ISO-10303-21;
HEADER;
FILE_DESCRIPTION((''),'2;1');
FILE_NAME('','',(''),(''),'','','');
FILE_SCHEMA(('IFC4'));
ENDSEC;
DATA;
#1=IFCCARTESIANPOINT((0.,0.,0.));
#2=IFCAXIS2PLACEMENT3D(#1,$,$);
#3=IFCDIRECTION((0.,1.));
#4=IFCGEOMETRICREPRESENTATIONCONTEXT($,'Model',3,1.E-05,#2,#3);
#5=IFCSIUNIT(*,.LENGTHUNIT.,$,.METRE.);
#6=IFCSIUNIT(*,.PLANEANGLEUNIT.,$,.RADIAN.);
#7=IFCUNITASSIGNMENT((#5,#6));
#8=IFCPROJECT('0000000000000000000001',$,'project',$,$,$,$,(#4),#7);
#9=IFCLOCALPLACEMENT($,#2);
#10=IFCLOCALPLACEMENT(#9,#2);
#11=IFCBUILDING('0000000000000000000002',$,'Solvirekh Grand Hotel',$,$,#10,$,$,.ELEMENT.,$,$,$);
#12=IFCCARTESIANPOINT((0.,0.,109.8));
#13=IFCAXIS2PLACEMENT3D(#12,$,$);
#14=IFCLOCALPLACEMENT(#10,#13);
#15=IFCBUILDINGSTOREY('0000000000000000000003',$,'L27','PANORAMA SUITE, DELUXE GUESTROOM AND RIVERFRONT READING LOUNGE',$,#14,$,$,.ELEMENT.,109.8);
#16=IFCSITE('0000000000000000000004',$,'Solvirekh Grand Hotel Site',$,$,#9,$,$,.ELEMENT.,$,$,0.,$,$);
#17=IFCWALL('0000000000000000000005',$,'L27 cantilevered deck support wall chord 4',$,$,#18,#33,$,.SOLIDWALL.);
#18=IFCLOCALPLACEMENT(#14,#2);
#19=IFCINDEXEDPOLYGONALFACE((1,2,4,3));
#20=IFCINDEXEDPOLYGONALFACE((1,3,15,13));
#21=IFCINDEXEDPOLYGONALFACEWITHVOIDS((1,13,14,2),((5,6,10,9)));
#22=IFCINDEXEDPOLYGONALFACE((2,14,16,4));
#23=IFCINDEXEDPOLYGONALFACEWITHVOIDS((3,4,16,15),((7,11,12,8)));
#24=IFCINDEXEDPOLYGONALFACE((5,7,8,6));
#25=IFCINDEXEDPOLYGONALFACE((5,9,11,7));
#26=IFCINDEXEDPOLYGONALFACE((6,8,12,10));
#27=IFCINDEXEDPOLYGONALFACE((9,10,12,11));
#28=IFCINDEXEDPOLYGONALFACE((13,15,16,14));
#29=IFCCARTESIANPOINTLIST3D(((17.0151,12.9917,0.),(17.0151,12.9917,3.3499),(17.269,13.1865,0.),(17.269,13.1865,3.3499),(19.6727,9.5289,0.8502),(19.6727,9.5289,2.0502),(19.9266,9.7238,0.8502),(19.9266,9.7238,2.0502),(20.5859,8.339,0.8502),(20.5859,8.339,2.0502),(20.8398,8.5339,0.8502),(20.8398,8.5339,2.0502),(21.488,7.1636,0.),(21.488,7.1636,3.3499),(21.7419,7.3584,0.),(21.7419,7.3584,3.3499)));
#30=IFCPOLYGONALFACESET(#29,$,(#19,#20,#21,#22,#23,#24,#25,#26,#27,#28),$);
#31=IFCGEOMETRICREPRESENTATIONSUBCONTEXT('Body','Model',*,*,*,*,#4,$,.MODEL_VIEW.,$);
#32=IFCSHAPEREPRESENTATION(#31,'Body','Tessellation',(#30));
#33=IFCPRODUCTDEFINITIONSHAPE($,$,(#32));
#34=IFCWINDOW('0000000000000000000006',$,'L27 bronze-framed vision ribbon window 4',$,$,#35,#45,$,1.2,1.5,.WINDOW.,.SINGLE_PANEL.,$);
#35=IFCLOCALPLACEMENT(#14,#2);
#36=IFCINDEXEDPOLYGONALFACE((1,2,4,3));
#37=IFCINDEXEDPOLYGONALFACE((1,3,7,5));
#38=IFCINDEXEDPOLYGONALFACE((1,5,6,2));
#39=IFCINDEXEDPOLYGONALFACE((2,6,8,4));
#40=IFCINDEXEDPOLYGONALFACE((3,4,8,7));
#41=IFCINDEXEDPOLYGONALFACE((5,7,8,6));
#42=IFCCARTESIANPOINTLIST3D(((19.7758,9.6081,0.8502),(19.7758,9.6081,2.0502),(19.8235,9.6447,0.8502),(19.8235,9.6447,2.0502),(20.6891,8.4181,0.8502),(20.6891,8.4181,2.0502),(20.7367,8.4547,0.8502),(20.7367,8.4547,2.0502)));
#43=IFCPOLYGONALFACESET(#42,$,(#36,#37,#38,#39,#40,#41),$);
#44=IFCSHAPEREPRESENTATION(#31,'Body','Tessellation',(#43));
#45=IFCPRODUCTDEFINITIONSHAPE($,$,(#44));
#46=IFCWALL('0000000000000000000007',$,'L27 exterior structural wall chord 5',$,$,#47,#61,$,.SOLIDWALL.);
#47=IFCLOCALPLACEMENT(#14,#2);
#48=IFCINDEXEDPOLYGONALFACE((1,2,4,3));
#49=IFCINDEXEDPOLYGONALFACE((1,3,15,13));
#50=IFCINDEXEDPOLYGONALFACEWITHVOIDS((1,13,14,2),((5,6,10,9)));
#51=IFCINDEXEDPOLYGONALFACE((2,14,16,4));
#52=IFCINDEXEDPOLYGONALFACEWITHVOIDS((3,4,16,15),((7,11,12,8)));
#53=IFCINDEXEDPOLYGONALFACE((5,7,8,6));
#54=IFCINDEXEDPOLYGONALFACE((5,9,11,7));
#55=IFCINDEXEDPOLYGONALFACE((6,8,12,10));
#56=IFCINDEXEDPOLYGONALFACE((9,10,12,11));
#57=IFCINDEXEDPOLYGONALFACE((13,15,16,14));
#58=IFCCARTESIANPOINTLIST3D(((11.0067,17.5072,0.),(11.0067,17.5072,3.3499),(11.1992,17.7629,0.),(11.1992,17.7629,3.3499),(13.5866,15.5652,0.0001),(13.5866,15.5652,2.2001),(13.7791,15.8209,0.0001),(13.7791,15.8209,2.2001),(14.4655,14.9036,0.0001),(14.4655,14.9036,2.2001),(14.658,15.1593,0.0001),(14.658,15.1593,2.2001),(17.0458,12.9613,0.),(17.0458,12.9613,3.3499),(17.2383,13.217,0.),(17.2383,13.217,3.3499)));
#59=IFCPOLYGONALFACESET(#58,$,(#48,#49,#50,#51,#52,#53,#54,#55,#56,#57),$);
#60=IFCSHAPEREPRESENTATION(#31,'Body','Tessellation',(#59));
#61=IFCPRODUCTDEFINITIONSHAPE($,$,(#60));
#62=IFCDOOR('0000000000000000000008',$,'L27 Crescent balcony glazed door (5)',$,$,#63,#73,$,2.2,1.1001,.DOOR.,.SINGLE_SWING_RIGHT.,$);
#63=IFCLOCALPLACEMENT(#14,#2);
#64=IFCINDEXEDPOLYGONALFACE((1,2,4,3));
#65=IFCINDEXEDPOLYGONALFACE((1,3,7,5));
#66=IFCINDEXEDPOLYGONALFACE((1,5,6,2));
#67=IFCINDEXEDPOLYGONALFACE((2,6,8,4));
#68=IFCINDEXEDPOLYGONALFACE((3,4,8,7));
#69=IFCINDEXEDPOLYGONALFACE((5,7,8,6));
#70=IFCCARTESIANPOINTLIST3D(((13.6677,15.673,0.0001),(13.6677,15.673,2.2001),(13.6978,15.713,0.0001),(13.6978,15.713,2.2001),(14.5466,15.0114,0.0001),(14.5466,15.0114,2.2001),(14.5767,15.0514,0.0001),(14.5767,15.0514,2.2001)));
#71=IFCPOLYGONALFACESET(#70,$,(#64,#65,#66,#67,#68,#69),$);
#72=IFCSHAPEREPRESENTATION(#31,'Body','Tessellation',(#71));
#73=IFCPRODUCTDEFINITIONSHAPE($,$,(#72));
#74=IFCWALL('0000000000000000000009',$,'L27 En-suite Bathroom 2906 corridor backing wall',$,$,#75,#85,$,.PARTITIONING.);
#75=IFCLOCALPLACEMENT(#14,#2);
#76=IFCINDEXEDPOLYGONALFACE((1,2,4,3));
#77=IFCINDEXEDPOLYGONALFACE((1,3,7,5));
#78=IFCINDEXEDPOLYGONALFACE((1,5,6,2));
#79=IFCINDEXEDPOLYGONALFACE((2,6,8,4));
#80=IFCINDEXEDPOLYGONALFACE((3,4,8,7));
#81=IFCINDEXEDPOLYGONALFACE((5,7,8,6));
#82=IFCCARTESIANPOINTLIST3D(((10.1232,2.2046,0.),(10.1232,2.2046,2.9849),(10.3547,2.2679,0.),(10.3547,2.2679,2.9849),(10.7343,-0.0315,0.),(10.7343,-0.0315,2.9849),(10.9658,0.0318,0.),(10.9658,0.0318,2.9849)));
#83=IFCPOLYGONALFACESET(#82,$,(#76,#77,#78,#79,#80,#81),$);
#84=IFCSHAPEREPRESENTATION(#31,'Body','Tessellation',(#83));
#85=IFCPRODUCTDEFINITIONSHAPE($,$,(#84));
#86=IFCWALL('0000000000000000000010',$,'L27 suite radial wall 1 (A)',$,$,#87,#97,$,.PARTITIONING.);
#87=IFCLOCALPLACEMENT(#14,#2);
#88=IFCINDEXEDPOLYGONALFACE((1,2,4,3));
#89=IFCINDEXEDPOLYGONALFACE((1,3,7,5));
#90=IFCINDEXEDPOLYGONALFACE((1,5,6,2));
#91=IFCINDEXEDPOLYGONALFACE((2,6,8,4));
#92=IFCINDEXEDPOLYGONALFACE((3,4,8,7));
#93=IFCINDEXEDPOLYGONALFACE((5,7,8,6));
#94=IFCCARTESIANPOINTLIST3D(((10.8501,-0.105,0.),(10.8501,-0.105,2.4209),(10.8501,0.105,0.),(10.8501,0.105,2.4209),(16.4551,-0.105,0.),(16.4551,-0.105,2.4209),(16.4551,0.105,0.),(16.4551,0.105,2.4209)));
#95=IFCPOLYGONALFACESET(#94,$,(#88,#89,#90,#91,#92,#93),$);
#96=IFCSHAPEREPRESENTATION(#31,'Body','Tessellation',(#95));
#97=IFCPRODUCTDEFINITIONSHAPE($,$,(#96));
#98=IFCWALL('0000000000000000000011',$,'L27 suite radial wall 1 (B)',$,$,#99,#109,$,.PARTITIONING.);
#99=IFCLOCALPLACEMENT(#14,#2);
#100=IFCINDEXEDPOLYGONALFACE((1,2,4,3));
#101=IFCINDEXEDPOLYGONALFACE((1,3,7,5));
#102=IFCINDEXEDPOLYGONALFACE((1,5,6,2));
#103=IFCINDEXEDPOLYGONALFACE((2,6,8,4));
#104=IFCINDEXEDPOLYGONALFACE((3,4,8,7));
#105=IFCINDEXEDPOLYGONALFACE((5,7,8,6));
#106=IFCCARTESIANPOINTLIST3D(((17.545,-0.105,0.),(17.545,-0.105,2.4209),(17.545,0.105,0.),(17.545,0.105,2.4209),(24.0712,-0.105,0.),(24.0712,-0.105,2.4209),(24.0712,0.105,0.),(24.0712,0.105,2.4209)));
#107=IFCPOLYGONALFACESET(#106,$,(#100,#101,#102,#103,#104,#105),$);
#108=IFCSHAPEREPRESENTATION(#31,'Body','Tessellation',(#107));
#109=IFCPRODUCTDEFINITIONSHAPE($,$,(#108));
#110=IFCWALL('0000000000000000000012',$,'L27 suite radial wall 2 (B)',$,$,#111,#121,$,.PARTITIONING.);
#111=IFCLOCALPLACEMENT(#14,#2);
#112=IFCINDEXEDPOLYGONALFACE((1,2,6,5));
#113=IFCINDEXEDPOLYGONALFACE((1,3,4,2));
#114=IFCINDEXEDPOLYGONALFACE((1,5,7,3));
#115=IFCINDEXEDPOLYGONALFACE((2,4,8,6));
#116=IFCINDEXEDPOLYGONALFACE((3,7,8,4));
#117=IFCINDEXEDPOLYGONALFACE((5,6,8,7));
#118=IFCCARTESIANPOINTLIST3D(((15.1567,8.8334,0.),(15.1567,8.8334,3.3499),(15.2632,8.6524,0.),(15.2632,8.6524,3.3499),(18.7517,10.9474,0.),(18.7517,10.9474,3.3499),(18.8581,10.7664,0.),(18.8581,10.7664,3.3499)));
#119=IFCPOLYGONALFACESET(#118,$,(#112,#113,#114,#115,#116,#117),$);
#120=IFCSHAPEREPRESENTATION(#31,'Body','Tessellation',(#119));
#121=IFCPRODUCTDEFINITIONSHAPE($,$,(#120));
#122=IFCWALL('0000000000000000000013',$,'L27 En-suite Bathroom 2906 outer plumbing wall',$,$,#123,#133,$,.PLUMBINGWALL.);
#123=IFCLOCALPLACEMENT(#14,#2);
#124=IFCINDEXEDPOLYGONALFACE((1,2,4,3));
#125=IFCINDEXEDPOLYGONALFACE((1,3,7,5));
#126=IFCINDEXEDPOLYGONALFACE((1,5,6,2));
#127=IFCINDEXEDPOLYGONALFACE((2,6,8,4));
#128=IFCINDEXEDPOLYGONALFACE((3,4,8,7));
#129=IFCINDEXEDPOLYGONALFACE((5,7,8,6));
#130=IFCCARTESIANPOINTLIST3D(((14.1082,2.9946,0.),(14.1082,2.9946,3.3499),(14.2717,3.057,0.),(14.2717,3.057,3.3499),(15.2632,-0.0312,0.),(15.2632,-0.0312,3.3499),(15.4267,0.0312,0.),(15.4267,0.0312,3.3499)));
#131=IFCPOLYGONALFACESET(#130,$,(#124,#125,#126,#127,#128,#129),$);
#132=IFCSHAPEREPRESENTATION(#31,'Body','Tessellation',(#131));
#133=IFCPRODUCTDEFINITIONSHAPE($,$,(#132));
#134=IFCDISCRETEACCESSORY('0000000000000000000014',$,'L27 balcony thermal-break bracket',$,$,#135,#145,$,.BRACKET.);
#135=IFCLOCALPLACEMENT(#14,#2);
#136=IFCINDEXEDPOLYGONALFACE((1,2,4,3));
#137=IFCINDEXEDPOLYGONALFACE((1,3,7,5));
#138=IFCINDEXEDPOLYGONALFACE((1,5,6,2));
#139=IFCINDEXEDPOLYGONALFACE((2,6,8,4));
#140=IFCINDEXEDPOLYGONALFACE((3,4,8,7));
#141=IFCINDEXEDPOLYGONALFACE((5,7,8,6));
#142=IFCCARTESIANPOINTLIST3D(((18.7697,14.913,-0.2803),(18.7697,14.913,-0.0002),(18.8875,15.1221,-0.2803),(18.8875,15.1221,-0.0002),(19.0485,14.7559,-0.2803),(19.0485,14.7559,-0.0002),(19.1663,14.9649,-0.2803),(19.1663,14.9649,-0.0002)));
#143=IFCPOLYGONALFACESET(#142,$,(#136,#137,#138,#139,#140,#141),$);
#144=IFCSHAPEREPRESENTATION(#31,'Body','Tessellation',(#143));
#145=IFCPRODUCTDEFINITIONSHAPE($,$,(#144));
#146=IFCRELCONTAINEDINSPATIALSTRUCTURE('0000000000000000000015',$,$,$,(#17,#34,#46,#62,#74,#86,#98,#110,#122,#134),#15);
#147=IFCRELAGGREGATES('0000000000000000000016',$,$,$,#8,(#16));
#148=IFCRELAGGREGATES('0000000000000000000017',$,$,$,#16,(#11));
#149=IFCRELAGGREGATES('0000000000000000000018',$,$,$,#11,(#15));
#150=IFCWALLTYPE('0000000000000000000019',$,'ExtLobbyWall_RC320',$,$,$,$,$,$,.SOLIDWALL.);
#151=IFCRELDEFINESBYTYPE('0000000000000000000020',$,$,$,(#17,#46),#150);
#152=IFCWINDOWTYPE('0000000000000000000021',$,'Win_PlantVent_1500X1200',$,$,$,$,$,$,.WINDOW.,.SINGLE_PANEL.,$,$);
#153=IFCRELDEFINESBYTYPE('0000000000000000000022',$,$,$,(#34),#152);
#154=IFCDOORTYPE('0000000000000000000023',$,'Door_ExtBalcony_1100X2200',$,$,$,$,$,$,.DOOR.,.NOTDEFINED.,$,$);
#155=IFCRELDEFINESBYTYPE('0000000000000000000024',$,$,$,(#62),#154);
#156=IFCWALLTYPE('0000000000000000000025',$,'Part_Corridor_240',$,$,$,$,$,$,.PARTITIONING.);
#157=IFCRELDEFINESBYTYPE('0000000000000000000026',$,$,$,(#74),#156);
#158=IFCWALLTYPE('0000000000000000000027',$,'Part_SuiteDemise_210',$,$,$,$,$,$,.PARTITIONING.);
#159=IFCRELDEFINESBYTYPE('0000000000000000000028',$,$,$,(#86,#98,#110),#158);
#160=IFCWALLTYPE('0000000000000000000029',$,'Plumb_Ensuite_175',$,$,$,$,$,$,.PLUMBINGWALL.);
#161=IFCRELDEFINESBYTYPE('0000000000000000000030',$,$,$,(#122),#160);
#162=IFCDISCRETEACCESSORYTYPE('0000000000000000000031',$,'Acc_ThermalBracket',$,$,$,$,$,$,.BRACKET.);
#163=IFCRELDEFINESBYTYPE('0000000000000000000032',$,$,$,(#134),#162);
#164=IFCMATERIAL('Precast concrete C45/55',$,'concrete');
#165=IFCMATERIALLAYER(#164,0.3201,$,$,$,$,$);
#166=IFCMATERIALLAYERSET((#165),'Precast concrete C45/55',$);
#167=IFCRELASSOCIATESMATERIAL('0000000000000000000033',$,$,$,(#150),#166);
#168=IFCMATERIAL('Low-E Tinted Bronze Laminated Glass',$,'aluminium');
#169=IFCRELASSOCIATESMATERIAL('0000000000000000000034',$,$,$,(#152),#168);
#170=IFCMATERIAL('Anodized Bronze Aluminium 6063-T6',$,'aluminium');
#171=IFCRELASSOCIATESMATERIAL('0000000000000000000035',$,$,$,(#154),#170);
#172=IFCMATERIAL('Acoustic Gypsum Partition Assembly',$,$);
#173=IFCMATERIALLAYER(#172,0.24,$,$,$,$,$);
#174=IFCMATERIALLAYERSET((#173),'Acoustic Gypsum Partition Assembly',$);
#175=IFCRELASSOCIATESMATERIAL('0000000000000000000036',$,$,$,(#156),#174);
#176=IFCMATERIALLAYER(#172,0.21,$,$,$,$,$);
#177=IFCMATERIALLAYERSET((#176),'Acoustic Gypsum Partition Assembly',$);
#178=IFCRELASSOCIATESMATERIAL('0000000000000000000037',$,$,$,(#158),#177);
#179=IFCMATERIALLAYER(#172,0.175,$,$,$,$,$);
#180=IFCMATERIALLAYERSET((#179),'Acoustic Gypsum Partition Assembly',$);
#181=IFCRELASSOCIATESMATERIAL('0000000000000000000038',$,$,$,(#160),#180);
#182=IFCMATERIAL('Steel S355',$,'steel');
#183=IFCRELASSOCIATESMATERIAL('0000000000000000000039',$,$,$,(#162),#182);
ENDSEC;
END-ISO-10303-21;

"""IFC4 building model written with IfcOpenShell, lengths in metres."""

from ifc_helpers import new_model, si_unit, direction, frame, frame_2d, origin, origin_2d, place, context, subcontext, project, spatial, rectangle, extrude, material, layer, layer_set, type_object, element, fill, save


model = new_model("IFC4")

# Units and contexts
model_context = context("Model", 3, precision=1e-05, world=origin(), true_north=direction((0.0, 1.0)))
body_context = subcontext(model_context, "Body", "Model", "MODEL_VIEW")
ifc_project = project(units=[si_unit("LENGTHUNIT", "METRE"), si_unit("PLANEANGLEUNIT", "RADIAN")], contexts=[model_context])

# Site, building, storey
site_placement = place(None, origin())
site = spatial("IfcSite", under=ifc_project, at=site_placement, Name="Solvirekh Grand Hotel Site", CompositionType="ELEMENT", RefElevation=0.0)
building_placement = place(site_placement, origin())
building = spatial("IfcBuilding", under=site, at=building_placement, Name="Solvirekh Grand Hotel", CompositionType="ELEMENT")
storey_placement = place(building_placement, frame((0.0, 0.0, 109.8)))
storey = spatial("IfcBuildingStorey", under=building, at=storey_placement, Name="L27", Description="PANORAMA SUITE, DELUXE GUESTROOM AND RIVERFRONT READING LOUNGE", CompositionType="ELEMENT", Elevation=109.8)

# Shared definitions
ifc_material_1 = material(Name="Steel S355", Category="steel")

# Wall, opening, window
ifc_material_2 = material(Name="Precast concrete C45/55", Category="concrete")
ifc_layer_1 = layer(ifc_material_2, 0.3201)
ifc_layer_set_1 = layer_set([ifc_layer_1], Name="Precast concrete C45/55")
wall_type_1 = type_object("IfcWallType", Name="ExtLobbyWall_RC320", PredefinedType="SOLIDWALL", material=ifc_layer_set_1)
ifc_material_3 = material(Name="Low-E Tinted Bronze Laminated Glass", Category="aluminium")
window_type = type_object("IfcWindowType", Name="Win_PlantVent_1500X1200", PartitioningType="SINGLE_PANEL", PredefinedType="WINDOW", material=ifc_material_3)
wall_1_placement = place(storey_placement, frame((17.1421, 13.0891, 0.0), z_axis=(0.0, 0.0, 1.0), x_axis=(0.608832, -0.793299, 0.0)))
wall_1 = element("IfcWall", 1, at=wall_1_placement, inside=storey, type_object=wall_type_1, Name="L27 cantilevered deck support wall chord 4", PredefinedType="SOLIDWALL", context=body_context, shape_type="SweptSolid", body=[
    extrude(rectangle(XDim=7.3467, YDim=0.3201, at=frame_2d((3.6733, 0.0))), origin(), (0.0, 0.0, 1.0), 3.3499),
])
opening_1_placement = place(wall_1_placement, frame((4.365, 0.0, 0.8501)))
opening_1 = element("IfcOpeningElement", 2, at=opening_1_placement, cuts=wall_1, PredefinedType="OPENING", context=body_context, shape_type="SweptSolid", body=[
    extrude(rectangle(XDim=1.5, YDim=1.2, at=frame_2d((0.75, 0.6001))), frame((0.0, 0.1699, 0.0), z_axis=(0.0, -1.0, 0.0), x_axis=(1.0, 0.0, 0.0)), (0.0, 0.0, 1.0), 0.3401),
])
window_1_placement = place(opening_1_placement, origin())
window_1 = element("IfcWindow", 3, at=window_1_placement, inside=storey, type_object=window_type, Name="L27 bronze-framed vision ribbon window 4", OverallHeight=1.2, OverallWidth=1.5, PartitioningType="SINGLE_PANEL", PredefinedType="WINDOW", context=body_context, shape_type="SweptSolid", body=[
    extrude(rectangle(XDim=1.5, YDim=1.2, at=frame_2d((0.75, 0.6001))), frame((0.0, 0.03, 0.0), z_axis=(0.0, -1.0, 0.0), x_axis=(1.0, 0.0, 0.0)), (0.0, 0.0, 1.0), 0.0601),
])
fill(opening_1, window_1)

# Wall, opening, door
wall_2_placement = place(storey_placement, frame((11.103, 17.635, 0.0), z_axis=(0.0, 0.0, 1.0), x_axis=(0.798945, -0.601405, 0.0)))
wall_2 = element("IfcWall", 4, at=wall_2_placement, inside=storey, type_object=wall_type_1, Name="L27 exterior structural wall chord 5", PredefinedType="SOLIDWALL", context=body_context, shape_type="SweptSolid", body=[
    extrude(rectangle(XDim=7.5588, YDim=0.3201, at=frame_2d((3.7793, 0.0))), origin(), (0.0, 0.0, 1.0), 3.3499),
])
opening_2_placement = place(wall_2_placement, frame((3.229, 0.0, 0.0)))
opening_2 = element("IfcOpeningElement", 5, at=opening_2_placement, cuts=wall_2, PredefinedType="OPENING", context=body_context, shape_type="SweptSolid", body=[
    extrude(rectangle(XDim=1.1001, YDim=2.2, at=frame_2d((0.55, 1.1001))), frame((0.0, 0.1699, 0.0), z_axis=(0.0, -1.0, 0.0), x_axis=(1.0, 0.0, 0.0)), (0.0, 0.0, 1.0), 0.3401),
])
ifc_material_4 = material(Name="Anodized Bronze Aluminium 6063-T6", Category="aluminium")
door_type = type_object("IfcDoorType", Name="Door_ExtBalcony_1100X2200", OperationType="NOTDEFINED", PredefinedType="DOOR", material=ifc_material_4)
door_placement = place(opening_2_placement, origin())
door = element("IfcDoor", 6, at=door_placement, inside=storey, type_object=door_type, Name="L27 Crescent balcony glazed door (5)", OperationType="SINGLE_SWING_RIGHT", OverallHeight=2.2, OverallWidth=1.1001, PredefinedType="DOOR", context=body_context, shape_type="SweptSolid", body=[
    extrude(rectangle(XDim=1.1001, YDim=2.2, at=frame_2d((0.55, 1.1001))), frame((0.0, 0.0249, 0.0), z_axis=(0.0, -1.0, 0.0), x_axis=(1.0, 0.0, 0.0)), (0.0, 0.0, 1.0), 0.05),
])
fill(opening_2, door)

# Walls
ifc_material_5 = material(Name="Acoustic Gypsum Partition Assembly")
ifc_layer_2 = layer(ifc_material_5, 0.24)
ifc_layer_set_2 = layer_set([ifc_layer_2], Name="Acoustic Gypsum Partition Assembly")
wall_type_2 = type_object("IfcWallType", Name="Part_Corridor_240", PredefinedType="PARTITIONING", material=ifc_layer_set_2)
wall_3_placement = place(storey_placement, frame((10.8501, 0.0, 0.0), z_axis=(0.0, 0.0, 1.0), x_axis=(-0.263616, 0.964628, 0.0)))
element("IfcWall", 7, at=wall_3_placement, inside=storey, type_object=wall_type_2, Name="L27 En-suite Bathroom 2906 corridor backing wall", PredefinedType="PARTITIONING", context=body_context, shape_type="SweptSolid", body=[
    extrude(rectangle(XDim=2.3181, YDim=0.24, at=frame_2d((1.1592, 0.0))), origin(), (0.0, 0.0, 1.0), 2.9849),
])
ifc_layer_3 = layer(ifc_material_5, 0.21)
ifc_layer_set_3 = layer_set([ifc_layer_3], Name="Acoustic Gypsum Partition Assembly")
wall_type_3 = type_object("IfcWallType", Name="Part_SuiteDemise_210", PredefinedType="PARTITIONING", material=ifc_layer_set_3)
wall_4_placement = place(storey_placement, frame((10.8501, 0.0, 0.0), z_axis=(0.0, 0.0, 1.0), x_axis=(1.0, 0.0, 0.0)))
element("IfcWall", 8, at=wall_4_placement, inside=storey, type_object=wall_type_3, Name="L27 suite radial wall 1 (A)", PredefinedType="PARTITIONING", context=body_context, shape_type="SweptSolid", body=[
    extrude(rectangle(XDim=5.605, YDim=0.21, at=frame_2d((2.8025, 0.0))), origin(), (0.0, 0.0, 1.0), 2.4209),
])
wall_5_placement = place(storey_placement, frame((17.5449, 0.0, 0.0), z_axis=(0.0, 0.0, 1.0), x_axis=(1.0, 0.0, 0.0)))
element("IfcWall", 9, at=wall_5_placement, inside=storey, type_object=wall_type_3, Name="L27 suite radial wall 1 (B)", PredefinedType="PARTITIONING", context=body_context, shape_type="SweptSolid", body=[
    extrude(rectangle(XDim=6.5261, YDim=0.21, at=frame_2d((3.2632, 0.0))), origin(), (0.0, 0.0, 1.0), 2.4209),
])
wall_6_placement = place(storey_placement, frame((15.21, 8.7429, 0.0), z_axis=(0.0, 0.0, 1.0), x_axis=(0.862005, 0.5069, 0.0)))
element("IfcWall", 10, at=wall_6_placement, inside=storey, type_object=wall_type_3, Name="L27 suite radial wall 2 (B)", PredefinedType="PARTITIONING", context=body_context, shape_type="SweptSolid", body=[
    extrude(rectangle(XDim=4.1704, YDim=0.21, at=frame_2d((2.0852, 0.0))), origin(), (0.0, 0.0, 1.0), 3.3499),
])
ifc_layer_4 = layer(ifc_material_5, 0.175)
ifc_layer_set_4 = layer_set([ifc_layer_4], Name="Acoustic Gypsum Partition Assembly")
wall_type_4 = type_object("IfcWallType", Name="Plumb_Ensuite_175", PredefinedType="PLUMBINGWALL", material=ifc_layer_set_4)
wall_7_placement = place(storey_placement, frame((15.345, 0.0, 0.0), z_axis=(0.0, 0.0, 1.0), x_axis=(-0.356619, 0.93425, 0.0)))
element("IfcWall", 11, at=wall_7_placement, inside=storey, type_object=wall_type_4, Name="L27 En-suite Bathroom 2906 outer plumbing wall", PredefinedType="PLUMBINGWALL", context=body_context, shape_type="SweptSolid", body=[
    extrude(rectangle(XDim=3.2388, YDim=0.175, at=frame_2d((1.6194, 0.0))), origin(), (0.0, 0.0, 1.0), 3.3499),
])

# Discrete accessory
discrete_accessory_type = type_object("IfcDiscreteAccessoryType", Name="Acc_ThermalBracket", PredefinedType="BRACKET", material=ifc_material_1)
discrete_accessory_placement = place(storey_placement, frame((18.968, 14.939, -0.2803), z_axis=(0.0, 0.0, 1.0), x_axis=(0.871214, -0.490904, 0.0)))
element("IfcDiscreteAccessory", 12, at=discrete_accessory_placement, inside=storey, type_object=discrete_accessory_type, Name="L27 balcony thermal-break bracket", PredefinedType="BRACKET", context=body_context, shape_type="SweptSolid", body=[
    extrude(rectangle(XDim=0.3201, YDim=0.24, at=origin_2d()), origin(), (0.0, 0.0, 1.0), 0.28),
])

save(model, "model.ifc")
